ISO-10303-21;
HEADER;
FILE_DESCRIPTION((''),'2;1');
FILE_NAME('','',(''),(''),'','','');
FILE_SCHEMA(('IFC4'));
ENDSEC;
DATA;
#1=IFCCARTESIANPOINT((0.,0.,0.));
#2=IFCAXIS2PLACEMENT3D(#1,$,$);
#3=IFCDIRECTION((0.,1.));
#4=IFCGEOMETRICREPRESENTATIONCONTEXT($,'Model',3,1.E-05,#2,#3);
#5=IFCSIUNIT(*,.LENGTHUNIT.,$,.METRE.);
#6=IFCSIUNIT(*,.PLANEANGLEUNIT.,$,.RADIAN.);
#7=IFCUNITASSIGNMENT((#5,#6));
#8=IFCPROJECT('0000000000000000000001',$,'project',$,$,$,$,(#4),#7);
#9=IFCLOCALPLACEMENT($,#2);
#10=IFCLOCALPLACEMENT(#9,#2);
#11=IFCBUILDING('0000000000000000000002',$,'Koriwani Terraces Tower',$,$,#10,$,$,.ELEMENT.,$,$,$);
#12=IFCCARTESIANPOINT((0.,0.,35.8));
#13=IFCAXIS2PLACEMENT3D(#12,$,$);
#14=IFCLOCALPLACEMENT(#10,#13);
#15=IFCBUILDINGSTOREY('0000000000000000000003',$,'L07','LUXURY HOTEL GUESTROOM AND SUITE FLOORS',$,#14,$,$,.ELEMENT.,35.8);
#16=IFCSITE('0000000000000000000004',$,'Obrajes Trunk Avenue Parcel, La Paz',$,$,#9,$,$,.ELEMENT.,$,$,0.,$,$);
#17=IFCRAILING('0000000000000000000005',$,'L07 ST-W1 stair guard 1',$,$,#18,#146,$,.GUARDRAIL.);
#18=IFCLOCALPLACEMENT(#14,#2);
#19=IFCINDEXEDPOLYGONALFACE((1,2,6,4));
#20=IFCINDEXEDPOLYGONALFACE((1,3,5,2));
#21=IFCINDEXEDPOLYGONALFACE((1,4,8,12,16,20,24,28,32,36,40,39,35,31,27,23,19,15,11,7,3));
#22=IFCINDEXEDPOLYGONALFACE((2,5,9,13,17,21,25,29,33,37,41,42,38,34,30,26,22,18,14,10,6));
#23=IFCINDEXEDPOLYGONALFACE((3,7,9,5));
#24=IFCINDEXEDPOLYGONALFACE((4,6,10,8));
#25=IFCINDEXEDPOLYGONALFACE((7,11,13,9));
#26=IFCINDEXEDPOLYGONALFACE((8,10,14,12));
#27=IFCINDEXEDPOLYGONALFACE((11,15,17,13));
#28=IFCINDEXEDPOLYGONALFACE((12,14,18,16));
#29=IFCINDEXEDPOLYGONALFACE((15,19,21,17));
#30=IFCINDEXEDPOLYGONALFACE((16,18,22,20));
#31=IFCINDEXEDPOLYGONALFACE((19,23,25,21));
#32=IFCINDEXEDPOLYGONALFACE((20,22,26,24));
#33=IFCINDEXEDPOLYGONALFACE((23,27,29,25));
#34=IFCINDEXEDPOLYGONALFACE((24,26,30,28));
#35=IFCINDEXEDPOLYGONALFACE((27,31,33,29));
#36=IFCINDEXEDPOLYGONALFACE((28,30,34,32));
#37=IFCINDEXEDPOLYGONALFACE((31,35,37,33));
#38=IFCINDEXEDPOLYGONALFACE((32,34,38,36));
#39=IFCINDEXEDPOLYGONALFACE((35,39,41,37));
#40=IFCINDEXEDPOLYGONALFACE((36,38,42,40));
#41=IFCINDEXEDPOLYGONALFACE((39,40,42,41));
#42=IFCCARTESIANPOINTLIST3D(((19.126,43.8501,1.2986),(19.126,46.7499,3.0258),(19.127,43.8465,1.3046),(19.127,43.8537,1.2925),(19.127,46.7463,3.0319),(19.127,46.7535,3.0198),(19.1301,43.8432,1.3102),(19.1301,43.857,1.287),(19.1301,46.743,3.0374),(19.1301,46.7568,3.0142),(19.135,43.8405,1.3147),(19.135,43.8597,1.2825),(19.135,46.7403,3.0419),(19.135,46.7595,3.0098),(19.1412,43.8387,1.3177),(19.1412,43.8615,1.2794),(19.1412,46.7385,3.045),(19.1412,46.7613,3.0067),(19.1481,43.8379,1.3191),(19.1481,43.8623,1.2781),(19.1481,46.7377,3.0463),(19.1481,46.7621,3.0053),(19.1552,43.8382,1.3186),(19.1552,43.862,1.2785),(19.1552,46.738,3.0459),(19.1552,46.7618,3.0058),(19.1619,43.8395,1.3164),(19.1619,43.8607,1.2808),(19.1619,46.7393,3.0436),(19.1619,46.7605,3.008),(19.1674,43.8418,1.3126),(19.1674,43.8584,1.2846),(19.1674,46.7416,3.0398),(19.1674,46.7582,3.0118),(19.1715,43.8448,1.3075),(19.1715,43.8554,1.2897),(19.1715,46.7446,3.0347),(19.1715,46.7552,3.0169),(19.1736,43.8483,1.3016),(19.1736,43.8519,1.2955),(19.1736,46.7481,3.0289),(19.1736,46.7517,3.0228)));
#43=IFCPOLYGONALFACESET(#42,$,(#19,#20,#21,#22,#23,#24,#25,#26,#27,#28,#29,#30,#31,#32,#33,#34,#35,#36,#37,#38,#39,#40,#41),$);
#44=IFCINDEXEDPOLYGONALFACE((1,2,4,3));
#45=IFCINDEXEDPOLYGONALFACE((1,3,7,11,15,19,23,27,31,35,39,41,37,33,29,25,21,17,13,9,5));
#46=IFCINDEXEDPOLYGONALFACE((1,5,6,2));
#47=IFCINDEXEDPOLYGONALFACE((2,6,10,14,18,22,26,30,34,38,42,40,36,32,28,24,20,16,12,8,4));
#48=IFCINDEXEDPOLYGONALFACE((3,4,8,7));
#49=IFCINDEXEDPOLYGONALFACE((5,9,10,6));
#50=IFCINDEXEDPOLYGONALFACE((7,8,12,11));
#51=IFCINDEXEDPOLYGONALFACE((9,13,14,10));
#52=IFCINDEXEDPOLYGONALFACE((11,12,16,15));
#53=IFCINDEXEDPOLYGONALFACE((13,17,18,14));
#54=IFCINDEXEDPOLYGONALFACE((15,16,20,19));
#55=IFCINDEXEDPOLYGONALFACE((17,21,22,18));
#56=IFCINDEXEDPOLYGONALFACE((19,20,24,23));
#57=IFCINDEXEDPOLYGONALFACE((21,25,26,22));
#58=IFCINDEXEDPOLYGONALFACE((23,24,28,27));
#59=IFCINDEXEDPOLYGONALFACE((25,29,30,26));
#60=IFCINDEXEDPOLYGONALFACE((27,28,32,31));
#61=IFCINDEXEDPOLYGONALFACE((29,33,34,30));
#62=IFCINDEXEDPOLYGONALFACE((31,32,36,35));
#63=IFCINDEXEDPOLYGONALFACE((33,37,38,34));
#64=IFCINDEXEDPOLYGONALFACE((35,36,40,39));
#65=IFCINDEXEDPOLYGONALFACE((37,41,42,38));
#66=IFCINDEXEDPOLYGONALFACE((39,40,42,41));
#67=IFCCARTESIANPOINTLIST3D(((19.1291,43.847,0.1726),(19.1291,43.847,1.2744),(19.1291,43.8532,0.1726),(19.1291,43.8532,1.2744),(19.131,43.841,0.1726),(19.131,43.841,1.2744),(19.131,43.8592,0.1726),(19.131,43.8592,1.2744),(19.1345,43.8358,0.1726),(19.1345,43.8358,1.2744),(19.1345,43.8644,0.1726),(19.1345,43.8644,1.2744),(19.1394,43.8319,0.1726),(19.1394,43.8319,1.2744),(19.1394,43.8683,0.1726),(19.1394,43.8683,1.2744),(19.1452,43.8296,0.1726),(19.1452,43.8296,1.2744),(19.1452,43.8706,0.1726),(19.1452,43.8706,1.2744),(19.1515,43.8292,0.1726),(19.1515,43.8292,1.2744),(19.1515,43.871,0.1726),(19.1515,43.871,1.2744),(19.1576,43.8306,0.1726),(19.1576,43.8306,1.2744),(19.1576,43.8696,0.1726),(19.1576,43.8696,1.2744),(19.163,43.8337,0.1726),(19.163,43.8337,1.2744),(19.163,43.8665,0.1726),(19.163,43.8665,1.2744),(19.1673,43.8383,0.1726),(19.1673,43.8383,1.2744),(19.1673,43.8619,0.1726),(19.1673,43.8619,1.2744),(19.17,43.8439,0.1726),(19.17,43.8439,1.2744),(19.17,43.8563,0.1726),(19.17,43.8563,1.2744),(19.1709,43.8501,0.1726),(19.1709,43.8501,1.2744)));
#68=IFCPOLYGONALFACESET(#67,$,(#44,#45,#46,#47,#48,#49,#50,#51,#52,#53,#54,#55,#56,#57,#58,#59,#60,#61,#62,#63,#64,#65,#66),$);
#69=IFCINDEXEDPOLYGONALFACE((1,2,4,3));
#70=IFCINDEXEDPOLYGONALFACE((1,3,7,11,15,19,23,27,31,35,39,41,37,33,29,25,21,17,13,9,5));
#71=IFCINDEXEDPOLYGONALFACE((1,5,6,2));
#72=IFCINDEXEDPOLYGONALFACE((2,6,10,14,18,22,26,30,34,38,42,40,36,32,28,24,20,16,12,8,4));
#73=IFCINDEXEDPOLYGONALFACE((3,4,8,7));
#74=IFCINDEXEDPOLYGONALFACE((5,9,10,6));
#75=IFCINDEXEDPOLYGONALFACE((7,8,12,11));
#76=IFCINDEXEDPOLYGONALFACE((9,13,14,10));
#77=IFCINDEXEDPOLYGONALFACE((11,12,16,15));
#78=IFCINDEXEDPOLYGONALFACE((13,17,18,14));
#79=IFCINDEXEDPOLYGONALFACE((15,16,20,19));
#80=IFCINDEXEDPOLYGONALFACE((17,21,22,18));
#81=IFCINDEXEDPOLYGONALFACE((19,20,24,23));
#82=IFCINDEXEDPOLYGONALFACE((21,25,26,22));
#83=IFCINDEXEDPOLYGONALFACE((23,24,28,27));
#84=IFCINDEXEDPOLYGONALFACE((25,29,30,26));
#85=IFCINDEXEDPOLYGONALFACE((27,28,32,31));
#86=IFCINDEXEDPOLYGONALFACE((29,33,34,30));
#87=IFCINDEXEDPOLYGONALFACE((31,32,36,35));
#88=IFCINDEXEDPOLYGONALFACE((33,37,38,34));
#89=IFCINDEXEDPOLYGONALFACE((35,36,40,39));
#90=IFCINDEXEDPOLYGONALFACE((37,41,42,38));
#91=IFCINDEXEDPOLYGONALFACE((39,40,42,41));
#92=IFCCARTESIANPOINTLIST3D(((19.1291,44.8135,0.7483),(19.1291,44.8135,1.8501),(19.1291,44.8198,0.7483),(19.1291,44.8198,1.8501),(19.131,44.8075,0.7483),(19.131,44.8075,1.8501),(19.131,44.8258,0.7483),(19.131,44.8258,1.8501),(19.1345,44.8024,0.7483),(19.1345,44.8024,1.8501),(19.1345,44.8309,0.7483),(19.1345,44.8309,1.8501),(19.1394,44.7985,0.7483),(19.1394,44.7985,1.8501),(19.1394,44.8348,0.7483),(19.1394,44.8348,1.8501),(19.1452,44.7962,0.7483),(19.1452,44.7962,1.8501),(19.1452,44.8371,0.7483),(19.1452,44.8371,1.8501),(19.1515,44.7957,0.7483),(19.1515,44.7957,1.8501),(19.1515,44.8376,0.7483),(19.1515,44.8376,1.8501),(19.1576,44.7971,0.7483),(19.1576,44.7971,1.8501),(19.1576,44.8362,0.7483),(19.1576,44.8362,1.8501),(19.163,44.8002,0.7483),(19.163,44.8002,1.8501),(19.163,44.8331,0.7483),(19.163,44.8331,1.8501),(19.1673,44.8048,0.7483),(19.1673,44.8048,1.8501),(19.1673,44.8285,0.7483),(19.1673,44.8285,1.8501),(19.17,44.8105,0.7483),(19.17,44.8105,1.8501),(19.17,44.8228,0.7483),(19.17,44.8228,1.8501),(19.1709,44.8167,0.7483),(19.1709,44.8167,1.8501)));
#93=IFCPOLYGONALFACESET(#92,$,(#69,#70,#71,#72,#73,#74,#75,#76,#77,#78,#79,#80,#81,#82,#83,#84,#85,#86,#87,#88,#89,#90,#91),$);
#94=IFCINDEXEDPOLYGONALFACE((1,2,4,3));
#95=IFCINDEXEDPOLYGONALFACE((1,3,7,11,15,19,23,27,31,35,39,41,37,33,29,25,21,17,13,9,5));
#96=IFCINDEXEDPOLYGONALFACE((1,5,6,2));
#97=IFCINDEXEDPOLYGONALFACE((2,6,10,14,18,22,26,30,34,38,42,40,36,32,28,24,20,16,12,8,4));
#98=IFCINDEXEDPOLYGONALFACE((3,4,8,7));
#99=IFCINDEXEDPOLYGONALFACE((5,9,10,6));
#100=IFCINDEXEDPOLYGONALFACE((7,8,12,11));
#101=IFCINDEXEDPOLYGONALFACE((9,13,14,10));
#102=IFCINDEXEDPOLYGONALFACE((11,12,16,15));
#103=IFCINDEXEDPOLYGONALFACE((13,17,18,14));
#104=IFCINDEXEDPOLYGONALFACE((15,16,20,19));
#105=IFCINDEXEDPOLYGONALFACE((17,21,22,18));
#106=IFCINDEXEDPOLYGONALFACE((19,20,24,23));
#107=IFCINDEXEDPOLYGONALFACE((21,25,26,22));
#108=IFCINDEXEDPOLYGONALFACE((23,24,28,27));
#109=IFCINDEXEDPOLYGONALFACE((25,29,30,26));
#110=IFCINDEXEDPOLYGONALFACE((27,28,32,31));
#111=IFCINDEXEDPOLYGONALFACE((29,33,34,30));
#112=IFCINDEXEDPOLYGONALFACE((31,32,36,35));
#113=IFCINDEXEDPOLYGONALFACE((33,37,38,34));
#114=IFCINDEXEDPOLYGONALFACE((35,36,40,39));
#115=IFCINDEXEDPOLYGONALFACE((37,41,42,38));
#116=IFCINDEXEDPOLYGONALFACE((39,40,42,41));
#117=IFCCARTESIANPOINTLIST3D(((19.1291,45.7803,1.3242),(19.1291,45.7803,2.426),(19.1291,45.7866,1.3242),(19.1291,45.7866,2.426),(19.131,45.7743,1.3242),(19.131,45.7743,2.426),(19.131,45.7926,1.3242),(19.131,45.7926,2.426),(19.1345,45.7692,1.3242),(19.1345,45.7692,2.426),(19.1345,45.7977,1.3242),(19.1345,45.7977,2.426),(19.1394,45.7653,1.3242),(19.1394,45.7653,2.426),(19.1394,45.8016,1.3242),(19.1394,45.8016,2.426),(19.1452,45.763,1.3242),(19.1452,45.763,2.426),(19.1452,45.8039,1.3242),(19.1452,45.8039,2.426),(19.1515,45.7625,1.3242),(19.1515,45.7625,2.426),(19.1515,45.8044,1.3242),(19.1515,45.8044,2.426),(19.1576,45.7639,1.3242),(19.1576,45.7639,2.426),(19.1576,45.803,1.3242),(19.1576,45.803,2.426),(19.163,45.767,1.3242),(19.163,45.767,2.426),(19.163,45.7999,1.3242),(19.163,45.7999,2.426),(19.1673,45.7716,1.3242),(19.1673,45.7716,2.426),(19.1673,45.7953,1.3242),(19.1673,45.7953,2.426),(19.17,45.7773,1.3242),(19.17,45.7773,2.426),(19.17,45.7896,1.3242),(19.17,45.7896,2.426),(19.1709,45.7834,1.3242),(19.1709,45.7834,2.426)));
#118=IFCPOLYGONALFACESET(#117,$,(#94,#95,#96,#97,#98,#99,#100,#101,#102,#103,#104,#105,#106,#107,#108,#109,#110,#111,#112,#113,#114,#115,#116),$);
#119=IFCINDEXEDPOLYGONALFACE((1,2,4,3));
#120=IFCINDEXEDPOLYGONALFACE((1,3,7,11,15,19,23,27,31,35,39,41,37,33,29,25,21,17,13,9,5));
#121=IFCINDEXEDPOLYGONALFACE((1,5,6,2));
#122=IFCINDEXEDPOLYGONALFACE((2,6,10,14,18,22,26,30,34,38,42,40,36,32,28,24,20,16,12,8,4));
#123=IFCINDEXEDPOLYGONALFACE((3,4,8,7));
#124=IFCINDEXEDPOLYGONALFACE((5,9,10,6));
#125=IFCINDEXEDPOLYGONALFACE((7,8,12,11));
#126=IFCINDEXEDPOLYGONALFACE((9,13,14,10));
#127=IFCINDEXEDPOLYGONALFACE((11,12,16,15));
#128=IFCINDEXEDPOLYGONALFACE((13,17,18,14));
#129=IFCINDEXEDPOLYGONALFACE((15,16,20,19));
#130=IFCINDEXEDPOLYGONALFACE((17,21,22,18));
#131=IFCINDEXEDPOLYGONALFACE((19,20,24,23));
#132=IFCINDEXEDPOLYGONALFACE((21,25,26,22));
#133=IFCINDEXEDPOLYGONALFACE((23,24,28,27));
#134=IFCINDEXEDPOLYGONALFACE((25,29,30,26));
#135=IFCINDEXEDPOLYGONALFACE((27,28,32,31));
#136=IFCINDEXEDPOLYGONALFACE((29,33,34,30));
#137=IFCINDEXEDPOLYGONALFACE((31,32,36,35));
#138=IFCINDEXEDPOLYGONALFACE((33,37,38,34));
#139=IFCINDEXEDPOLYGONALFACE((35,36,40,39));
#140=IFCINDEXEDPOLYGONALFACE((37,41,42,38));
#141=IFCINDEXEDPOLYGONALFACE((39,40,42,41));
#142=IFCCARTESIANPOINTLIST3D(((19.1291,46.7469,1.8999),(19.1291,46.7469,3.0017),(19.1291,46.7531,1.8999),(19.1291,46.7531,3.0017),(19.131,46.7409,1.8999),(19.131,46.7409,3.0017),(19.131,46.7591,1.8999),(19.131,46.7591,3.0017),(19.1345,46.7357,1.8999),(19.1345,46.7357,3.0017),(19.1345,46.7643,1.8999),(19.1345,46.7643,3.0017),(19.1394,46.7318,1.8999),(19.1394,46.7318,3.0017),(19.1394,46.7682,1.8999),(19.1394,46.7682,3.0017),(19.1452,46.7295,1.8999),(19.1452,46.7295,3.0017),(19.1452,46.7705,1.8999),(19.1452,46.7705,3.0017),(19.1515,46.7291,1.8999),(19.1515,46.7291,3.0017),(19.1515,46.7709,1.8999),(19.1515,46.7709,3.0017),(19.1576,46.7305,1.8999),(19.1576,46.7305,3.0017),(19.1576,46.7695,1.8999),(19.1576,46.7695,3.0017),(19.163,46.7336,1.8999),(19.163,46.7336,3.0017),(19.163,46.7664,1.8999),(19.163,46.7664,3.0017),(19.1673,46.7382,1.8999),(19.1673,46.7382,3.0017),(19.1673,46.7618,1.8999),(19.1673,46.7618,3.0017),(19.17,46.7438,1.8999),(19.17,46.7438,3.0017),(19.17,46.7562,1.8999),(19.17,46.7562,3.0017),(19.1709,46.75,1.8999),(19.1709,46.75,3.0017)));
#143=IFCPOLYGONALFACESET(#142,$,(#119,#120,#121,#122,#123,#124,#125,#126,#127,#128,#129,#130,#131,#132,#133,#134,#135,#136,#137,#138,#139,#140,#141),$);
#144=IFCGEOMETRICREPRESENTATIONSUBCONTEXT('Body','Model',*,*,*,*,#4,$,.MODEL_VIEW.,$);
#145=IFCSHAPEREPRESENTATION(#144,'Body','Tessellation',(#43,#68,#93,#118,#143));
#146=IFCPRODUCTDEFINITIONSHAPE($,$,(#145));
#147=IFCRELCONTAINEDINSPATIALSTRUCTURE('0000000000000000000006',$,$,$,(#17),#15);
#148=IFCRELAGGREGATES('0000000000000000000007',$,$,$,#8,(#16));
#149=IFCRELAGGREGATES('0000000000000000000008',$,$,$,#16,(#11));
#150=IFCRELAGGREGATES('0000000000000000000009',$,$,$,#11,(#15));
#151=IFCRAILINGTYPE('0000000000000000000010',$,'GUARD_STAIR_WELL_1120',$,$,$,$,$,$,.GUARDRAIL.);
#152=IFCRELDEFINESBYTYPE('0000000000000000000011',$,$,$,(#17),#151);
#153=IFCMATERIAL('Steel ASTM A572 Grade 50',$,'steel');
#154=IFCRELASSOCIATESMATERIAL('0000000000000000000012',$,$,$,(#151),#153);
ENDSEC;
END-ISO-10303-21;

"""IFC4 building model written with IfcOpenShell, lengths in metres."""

from ifc_helpers import new_model, si_unit, direction, frame, origin, origin_2d, place, context, subcontext, project, spatial, circle, extrude, material, type_object, element, save


model = new_model("IFC4")

# Units and contexts
model_context = context("Model", 3, precision=1e-05, world=origin(), true_north=direction((0.0, 1.0)))
body_context = subcontext(model_context, "Body", "Model", "MODEL_VIEW")
ifc_project = project(units=[si_unit("LENGTHUNIT", "METRE"), si_unit("PLANEANGLEUNIT", "RADIAN")], contexts=[model_context])

# Site, building, storey
site_placement = place(None, origin())
site = spatial("IfcSite", under=ifc_project, at=site_placement, Name="Obrajes Trunk Avenue Parcel, La Paz", CompositionType="ELEMENT", RefElevation=0.0)
building_placement = place(site_placement, origin())
building = spatial("IfcBuilding", under=site, at=building_placement, Name="Koriwani Terraces Tower", CompositionType="ELEMENT")
storey_placement = place(building_placement, frame((0.0, 0.0, 35.8)))
storey = spatial("IfcBuildingStorey", under=building, at=storey_placement, Name="L07", Description="LUXURY HOTEL GUESTROOM AND SUITE FLOORS", CompositionType="ELEMENT", Elevation=35.8)

# Shared definitions
ifc_material_1 = material(Name="Steel ASTM A572 Grade 50", Category="steel")

# Railing
railing_type_1 = type_object("IfcRailingType", Name="GUARD_STAIR_WELL_1120", PredefinedType="GUARDRAIL", material=ifc_material_1)
railing_1_placement = place(storey_placement, frame((19.1499, 43.8501, 0.1726)))
element("IfcRailing", 1, at=railing_1_placement, inside=storey, type_object=railing_type_1, Name="L07 ST-W1 stair guard 1", PredefinedType="GUARDRAIL", context=body_context, shape_type="SweptSolid", body=[
    extrude(circle(Radius=0.0239, at=origin_2d()), frame((0.0, 0.0, 1.126), z_axis=(0.0, 0.859141, 0.511738), x_axis=(-1.0, 0.0, 0.0)), (0.0, 0.0, 1.0), 3.3752),
    extrude(circle(Radius=0.021, at=origin_2d()), origin(), (0.0, 0.0, 1.0), 1.1018),
    extrude(circle(Radius=0.021, at=origin_2d()), frame((0.0, 0.9666, 0.5757)), (0.0, 0.0, 1.0), 1.1018),
    extrude(circle(Radius=0.021, at=origin_2d()), frame((0.0, 1.9333, 1.1516)), (0.0, 0.0, 1.0), 1.1018),
    extrude(circle(Radius=0.021, at=origin_2d()), frame((0.0, 2.8999, 1.7273)), (0.0, 0.0, 1.0), 1.1018),
])

save(model, "model.ifc")
